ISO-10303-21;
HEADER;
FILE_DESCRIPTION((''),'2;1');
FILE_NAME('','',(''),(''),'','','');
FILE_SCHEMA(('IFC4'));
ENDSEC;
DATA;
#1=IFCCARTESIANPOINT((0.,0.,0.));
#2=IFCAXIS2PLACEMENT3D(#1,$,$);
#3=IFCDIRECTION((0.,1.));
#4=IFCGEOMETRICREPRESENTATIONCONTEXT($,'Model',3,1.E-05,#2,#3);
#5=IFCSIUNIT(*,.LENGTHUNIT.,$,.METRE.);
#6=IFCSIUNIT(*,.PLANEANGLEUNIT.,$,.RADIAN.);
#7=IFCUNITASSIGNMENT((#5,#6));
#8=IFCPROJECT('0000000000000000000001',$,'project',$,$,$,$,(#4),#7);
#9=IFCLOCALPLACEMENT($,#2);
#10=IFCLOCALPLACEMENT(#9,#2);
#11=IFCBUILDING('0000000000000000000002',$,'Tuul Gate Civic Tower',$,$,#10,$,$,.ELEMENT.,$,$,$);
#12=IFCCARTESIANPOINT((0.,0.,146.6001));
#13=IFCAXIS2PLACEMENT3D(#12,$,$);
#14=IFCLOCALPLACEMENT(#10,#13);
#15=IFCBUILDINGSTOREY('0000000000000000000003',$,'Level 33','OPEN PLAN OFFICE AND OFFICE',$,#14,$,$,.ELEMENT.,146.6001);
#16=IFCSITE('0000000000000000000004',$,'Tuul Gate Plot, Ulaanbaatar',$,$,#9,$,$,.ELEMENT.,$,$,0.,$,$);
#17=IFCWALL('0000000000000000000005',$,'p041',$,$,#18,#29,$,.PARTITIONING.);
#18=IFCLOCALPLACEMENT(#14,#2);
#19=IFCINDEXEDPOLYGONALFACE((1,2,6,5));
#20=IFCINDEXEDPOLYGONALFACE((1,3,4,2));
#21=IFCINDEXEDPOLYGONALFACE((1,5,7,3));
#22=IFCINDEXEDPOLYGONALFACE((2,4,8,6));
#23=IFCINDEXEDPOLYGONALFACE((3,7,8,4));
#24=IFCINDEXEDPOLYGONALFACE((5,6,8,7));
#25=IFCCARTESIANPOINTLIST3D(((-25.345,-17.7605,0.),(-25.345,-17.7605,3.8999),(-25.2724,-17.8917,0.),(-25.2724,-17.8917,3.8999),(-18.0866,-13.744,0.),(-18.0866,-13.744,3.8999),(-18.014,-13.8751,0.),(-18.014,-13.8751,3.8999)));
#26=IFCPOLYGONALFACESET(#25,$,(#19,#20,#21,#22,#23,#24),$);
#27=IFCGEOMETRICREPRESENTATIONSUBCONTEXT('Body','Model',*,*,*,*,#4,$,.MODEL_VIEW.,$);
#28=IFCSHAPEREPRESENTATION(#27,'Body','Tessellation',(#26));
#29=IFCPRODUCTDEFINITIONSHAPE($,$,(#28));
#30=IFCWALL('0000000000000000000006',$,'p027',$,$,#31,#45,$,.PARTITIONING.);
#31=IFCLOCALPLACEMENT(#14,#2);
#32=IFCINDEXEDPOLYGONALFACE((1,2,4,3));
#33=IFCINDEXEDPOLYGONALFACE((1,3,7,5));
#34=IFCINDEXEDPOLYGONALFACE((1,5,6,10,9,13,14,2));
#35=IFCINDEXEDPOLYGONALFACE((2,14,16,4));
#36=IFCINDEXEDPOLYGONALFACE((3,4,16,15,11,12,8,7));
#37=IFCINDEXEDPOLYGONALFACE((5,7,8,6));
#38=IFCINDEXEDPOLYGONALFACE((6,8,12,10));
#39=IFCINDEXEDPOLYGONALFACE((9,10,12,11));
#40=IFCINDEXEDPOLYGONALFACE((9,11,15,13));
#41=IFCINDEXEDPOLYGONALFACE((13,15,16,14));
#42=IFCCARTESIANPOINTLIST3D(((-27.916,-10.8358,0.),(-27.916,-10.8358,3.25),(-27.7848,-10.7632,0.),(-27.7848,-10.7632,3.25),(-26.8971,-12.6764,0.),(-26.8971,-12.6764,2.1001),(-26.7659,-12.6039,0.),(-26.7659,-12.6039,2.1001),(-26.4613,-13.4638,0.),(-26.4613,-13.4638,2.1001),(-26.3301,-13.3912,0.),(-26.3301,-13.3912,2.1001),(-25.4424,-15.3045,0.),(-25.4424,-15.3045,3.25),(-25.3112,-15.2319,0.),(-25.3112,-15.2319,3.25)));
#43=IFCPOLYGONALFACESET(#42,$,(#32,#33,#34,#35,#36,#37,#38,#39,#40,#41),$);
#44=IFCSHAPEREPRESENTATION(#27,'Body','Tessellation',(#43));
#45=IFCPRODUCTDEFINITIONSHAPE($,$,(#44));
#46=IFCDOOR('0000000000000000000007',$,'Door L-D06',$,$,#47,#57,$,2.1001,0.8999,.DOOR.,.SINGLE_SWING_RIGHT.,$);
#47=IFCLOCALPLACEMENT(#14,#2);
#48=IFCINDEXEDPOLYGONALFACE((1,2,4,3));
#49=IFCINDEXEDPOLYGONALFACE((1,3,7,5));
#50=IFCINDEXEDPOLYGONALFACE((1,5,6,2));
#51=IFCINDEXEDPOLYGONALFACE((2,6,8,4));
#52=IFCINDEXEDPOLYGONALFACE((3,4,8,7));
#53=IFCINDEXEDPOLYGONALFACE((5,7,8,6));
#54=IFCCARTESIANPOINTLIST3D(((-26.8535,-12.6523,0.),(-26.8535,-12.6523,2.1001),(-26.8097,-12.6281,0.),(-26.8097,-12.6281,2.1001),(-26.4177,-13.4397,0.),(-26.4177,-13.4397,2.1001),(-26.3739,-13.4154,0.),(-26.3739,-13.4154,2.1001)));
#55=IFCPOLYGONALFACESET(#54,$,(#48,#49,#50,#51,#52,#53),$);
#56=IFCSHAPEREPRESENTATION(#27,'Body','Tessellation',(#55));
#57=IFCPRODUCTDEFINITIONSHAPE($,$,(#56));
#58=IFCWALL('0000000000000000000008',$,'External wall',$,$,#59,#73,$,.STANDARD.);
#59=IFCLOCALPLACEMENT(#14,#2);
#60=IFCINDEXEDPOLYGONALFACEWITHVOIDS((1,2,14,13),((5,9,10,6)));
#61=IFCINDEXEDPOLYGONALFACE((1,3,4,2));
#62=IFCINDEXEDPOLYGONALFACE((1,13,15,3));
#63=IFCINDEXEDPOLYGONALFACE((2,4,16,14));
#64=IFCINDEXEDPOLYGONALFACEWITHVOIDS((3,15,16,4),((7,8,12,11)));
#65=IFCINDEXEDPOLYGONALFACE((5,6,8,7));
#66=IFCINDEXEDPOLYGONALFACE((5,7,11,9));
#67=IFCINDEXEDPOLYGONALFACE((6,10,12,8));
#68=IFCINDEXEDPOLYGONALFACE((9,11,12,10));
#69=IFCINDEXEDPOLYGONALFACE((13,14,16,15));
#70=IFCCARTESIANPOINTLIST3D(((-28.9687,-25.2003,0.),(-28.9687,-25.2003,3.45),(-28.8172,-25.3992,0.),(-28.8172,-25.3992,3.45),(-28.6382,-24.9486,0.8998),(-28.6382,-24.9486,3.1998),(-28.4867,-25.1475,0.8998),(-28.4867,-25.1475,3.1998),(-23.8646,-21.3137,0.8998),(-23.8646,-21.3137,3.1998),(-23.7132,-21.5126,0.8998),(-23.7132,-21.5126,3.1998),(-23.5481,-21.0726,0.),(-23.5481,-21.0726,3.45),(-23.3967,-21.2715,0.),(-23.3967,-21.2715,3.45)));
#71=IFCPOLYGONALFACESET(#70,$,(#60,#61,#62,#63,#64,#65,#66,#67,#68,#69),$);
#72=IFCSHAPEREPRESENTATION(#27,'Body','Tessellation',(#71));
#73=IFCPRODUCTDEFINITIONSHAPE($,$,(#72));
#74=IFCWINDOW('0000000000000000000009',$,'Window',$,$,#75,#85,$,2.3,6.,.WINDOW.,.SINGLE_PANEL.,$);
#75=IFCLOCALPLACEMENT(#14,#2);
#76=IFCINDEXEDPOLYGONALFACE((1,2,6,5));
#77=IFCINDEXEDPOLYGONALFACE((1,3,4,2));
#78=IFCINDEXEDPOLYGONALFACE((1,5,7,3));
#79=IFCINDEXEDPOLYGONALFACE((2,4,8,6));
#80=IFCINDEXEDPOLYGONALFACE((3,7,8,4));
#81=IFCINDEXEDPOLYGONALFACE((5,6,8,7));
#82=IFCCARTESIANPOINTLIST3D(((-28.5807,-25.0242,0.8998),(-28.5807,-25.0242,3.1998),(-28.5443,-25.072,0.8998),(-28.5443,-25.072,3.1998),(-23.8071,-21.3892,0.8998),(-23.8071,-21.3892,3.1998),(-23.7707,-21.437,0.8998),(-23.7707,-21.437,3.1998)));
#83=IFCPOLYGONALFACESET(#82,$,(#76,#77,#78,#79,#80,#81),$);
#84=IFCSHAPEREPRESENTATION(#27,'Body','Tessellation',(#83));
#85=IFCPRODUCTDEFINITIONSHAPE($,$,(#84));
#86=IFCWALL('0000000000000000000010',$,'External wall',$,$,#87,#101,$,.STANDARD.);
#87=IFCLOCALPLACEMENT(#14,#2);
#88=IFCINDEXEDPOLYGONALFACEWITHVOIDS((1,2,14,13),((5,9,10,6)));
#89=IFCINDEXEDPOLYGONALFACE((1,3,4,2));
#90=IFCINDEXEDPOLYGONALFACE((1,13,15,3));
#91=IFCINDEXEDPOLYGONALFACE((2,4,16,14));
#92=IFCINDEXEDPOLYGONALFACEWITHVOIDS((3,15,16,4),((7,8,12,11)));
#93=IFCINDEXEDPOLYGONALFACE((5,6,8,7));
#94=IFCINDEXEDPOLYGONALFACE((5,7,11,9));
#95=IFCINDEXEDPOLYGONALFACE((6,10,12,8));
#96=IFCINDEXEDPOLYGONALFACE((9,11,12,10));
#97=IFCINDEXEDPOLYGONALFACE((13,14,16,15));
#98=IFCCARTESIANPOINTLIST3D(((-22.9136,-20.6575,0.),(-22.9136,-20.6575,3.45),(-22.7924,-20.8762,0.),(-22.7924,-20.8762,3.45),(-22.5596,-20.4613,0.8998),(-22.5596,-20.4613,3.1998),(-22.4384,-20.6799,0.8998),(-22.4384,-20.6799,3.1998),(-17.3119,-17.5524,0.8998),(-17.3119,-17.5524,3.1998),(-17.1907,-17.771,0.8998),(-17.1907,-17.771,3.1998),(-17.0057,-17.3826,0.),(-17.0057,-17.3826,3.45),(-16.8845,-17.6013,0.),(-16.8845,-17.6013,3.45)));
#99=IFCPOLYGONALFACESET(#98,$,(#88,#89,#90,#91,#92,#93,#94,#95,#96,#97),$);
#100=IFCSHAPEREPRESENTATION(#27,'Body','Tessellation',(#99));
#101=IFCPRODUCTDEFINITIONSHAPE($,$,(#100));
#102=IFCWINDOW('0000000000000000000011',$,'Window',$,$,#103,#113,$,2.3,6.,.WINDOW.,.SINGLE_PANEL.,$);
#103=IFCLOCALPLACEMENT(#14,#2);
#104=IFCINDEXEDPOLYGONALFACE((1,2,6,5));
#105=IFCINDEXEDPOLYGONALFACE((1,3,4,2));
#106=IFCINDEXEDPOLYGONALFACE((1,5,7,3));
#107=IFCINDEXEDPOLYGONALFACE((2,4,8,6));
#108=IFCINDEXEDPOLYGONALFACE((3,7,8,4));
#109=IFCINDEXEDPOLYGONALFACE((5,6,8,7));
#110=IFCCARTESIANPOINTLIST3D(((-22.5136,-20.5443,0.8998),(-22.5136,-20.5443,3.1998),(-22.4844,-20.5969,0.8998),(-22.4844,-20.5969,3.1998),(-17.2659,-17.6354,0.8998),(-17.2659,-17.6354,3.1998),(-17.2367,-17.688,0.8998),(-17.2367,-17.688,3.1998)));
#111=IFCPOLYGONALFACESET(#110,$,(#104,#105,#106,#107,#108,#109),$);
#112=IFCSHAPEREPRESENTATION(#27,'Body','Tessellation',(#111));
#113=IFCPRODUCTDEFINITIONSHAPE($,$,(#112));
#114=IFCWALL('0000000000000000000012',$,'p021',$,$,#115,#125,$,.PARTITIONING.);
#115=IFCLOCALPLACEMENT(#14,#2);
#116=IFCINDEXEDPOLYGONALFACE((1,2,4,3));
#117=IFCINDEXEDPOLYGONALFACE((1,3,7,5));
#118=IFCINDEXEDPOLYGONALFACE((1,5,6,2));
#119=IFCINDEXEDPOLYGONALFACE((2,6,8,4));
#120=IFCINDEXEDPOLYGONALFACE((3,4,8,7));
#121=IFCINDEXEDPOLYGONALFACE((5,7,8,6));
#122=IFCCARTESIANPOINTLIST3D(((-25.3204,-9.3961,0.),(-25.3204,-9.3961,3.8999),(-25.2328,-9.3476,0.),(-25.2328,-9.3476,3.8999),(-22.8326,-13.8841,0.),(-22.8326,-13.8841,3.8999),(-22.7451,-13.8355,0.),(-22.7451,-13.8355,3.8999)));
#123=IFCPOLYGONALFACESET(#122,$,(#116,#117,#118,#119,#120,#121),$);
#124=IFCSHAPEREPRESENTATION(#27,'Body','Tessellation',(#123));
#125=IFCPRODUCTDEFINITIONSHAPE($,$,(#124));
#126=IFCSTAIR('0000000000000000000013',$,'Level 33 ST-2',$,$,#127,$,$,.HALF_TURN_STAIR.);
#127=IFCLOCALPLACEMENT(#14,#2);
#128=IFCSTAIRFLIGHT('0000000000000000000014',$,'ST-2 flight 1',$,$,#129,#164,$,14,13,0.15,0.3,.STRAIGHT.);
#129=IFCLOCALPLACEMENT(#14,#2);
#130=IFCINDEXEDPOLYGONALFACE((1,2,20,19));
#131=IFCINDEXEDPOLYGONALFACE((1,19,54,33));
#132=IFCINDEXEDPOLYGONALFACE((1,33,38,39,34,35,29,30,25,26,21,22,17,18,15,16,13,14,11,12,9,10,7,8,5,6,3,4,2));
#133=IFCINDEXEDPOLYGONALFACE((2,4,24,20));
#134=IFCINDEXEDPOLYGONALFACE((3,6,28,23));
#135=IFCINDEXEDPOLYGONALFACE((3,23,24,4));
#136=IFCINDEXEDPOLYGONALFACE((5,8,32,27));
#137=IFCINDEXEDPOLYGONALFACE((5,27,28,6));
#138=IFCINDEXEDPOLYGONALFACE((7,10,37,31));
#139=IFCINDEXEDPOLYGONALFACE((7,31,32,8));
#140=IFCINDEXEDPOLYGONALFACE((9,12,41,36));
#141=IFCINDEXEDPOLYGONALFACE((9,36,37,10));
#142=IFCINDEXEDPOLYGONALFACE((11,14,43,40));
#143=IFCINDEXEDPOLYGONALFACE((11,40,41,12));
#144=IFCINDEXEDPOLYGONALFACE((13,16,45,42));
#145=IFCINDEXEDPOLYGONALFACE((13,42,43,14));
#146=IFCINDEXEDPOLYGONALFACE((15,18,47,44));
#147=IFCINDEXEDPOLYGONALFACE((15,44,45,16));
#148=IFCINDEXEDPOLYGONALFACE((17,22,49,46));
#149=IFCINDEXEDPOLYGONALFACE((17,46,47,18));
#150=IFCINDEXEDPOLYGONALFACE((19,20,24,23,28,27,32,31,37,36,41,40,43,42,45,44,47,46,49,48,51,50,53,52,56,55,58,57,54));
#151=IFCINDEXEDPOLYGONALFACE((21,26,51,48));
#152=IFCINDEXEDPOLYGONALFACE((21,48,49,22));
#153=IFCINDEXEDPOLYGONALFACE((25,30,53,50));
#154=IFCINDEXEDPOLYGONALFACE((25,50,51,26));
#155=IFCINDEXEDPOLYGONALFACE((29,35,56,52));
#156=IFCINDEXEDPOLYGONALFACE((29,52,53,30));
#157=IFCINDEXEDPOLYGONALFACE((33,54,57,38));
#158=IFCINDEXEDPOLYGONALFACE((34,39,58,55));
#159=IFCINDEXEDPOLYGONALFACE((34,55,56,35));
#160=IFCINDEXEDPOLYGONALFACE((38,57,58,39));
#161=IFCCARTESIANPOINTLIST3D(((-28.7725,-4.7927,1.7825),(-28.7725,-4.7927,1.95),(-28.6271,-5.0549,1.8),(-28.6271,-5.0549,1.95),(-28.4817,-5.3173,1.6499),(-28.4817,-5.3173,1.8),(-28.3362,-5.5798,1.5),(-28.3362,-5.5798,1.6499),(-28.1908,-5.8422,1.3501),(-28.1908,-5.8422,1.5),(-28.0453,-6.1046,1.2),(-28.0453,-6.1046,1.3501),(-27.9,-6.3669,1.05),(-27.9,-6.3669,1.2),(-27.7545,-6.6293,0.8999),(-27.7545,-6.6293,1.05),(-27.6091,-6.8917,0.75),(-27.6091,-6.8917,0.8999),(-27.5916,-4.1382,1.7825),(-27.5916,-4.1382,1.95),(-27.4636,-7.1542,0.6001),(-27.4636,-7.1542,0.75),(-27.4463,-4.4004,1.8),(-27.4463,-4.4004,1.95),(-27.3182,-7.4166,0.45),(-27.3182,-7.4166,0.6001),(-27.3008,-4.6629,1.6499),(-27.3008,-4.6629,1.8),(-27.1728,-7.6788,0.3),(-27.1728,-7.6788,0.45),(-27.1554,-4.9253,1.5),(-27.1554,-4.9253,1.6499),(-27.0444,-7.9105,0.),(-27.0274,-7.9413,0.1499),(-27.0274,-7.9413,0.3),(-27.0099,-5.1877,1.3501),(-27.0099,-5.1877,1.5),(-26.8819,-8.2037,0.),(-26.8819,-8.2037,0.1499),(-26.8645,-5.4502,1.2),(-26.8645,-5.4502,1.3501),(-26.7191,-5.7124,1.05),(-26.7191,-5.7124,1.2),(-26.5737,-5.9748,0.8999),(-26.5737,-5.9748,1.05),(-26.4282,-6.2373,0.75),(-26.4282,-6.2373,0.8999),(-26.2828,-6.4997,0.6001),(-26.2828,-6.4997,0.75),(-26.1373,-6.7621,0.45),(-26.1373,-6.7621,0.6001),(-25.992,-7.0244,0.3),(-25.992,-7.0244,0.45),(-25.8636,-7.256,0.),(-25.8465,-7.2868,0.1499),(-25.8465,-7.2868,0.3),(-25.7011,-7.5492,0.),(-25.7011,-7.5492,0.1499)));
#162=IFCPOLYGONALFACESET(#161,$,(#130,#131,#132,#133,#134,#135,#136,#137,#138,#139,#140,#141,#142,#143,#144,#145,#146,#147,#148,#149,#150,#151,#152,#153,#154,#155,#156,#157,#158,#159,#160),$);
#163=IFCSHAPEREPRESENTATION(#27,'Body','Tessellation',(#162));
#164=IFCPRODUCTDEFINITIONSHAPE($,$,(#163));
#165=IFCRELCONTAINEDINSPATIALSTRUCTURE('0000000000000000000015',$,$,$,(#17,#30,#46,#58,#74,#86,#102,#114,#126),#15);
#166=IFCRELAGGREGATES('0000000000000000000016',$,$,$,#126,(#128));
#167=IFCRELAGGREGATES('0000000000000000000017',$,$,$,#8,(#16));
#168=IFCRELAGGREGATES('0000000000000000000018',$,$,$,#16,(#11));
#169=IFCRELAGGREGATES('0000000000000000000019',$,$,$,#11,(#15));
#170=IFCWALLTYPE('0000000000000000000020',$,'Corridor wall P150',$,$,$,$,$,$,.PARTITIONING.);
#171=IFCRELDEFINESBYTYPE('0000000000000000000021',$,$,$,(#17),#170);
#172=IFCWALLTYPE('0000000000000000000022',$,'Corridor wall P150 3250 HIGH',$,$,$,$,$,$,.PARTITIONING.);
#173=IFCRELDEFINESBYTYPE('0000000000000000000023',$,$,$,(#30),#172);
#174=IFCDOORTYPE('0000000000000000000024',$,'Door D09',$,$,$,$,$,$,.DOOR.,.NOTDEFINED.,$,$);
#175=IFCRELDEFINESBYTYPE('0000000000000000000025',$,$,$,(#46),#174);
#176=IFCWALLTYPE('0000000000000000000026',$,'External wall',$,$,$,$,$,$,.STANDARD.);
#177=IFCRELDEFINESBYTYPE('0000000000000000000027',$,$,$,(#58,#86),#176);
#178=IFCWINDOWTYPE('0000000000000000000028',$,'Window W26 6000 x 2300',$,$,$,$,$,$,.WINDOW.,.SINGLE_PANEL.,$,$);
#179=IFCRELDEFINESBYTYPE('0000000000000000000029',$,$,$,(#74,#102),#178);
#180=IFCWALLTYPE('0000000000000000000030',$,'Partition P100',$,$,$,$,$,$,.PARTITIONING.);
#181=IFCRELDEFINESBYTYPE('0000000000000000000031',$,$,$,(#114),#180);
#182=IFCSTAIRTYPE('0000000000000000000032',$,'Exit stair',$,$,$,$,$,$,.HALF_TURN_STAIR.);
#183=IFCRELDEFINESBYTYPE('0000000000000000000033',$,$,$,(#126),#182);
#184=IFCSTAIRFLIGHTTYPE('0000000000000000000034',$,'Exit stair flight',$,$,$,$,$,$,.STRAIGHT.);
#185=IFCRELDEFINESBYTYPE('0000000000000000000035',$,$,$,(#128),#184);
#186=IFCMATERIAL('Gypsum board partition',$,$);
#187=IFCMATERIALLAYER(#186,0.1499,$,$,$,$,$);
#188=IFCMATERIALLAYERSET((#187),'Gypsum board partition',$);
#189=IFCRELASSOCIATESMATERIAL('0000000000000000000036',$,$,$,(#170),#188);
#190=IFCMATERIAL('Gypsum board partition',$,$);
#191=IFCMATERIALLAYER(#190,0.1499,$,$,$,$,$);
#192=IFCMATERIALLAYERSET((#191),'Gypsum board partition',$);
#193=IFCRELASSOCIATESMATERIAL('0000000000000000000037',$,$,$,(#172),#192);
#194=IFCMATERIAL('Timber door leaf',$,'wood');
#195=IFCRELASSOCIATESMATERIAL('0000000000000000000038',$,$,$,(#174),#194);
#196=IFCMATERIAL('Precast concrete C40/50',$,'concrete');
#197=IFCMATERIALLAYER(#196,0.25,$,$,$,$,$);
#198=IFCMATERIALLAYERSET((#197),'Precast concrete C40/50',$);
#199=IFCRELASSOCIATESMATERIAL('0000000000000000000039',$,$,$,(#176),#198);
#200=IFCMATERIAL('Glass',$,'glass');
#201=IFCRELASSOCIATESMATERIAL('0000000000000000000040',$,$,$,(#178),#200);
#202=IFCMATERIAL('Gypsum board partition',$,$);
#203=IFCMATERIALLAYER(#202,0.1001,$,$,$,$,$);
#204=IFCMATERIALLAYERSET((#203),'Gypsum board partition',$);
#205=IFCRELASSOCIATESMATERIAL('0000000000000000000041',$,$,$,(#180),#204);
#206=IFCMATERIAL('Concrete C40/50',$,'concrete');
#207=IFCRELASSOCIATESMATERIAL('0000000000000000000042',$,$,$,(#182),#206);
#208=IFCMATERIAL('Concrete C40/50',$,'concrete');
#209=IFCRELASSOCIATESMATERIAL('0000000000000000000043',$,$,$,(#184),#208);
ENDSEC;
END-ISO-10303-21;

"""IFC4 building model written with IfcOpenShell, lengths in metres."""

from ifc_helpers import new_model, si_unit, direction, frame, frame_2d, origin, place, context, subcontext, project, spatial, polyline, rectangle, outline, extrude, material, layer, layer_set, type_object, element, fill, aggregate, save


model = new_model("IFC4")

# Units and contexts
model_context = context("Model", 3, precision=1e-05, world=origin(), true_north=direction((0.0, 1.0)))
body_context = subcontext(model_context, "Body", "Model", "MODEL_VIEW")
ifc_project = project(units=[si_unit("LENGTHUNIT", "METRE"), si_unit("PLANEANGLEUNIT", "RADIAN")], contexts=[model_context])

# Site, building, storey
site_placement = place(None, origin())
site = spatial("IfcSite", under=ifc_project, at=site_placement, Name="Tuul Gate Plot, Ulaanbaatar", CompositionType="ELEMENT", RefElevation=0.0)
building_placement = place(site_placement, origin())
building = spatial("IfcBuilding", under=site, at=building_placement, Name="Tuul Gate Civic Tower", CompositionType="ELEMENT")
storey_placement = place(building_placement, frame((0.0, 0.0, 146.6001)))
storey = spatial("IfcBuildingStorey", under=building, at=storey_placement, Name="Level 33", Description="OPEN PLAN OFFICE AND OFFICE", CompositionType="ELEMENT", Elevation=146.6001)

# Wall
ifc_material_1 = material(Name="Gypsum board partition")
ifc_layer_1 = layer(ifc_material_1, 0.1499)
ifc_layer_set_1 = layer_set([ifc_layer_1], Name="Gypsum board partition")
wall_type_1 = type_object("IfcWallType", Name="Corridor wall P150", PredefinedType="PARTITIONING", material=ifc_layer_set_1)
wall_1_placement = place(storey_placement, frame((-25.3088, -17.8262, 0.0), z_axis=(0.0, 0.0, 1.0), x_axis=(0.874971, 0.484175, 0.0)))
element("IfcWall", 1, at=wall_1_placement, inside=storey, type_object=wall_type_1, Name="p041", PredefinedType="PARTITIONING", context=body_context, shape_type="SweptSolid", body=[
    extrude(rectangle(XDim=8.2957, YDim=0.1499, at=frame_2d((4.1479, 0.0))), origin(), (0.0, 0.0, 1.0), 3.8999),
])

# Wall, opening, door
ifc_material_2 = material(Name="Gypsum board partition")
ifc_layer_2 = layer(ifc_material_2, 0.1499)
ifc_layer_set_2 = layer_set([ifc_layer_2], Name="Gypsum board partition")
wall_type_2 = type_object("IfcWallType", Name="Corridor wall P150 3250 HIGH", PredefinedType="PARTITIONING", material=ifc_layer_set_2)
wall_2_placement = place(storey_placement, frame((-27.8503, -10.7996, 0.0), z_axis=(0.0, 0.0, 1.0), x_axis=(0.484295, -0.874905, 0.0)))
wall_2 = element("IfcWall", 2, at=wall_2_placement, inside=storey, type_object=wall_type_2, Name="p027", PredefinedType="PARTITIONING", context=body_context, shape_type="SweptSolid", body=[
    extrude(rectangle(XDim=5.1077, YDim=0.1499, at=frame_2d((2.5537, 0.0))), origin(), (0.0, 0.0, 1.0), 3.25),
])
opening_1_placement = place(wall_2_placement, frame((2.1038, 0.0, 0.0)))
opening_1 = element("IfcOpeningElement", 3, at=opening_1_placement, cuts=wall_2, PredefinedType="OPENING", context=body_context, shape_type="SweptSolid", body=[
    extrude(rectangle(XDim=0.8999, YDim=2.1001, at=frame_2d((0.45, 1.05))), frame((0.0, 0.085, 0.0), z_axis=(0.0, -1.0, 0.0), x_axis=(1.0, 0.0, 0.0)), (0.0, 0.0, 1.0), 0.1699),
])
ifc_material_3 = material(Name="Timber door leaf", Category="wood")
door_type_1 = type_object("IfcDoorType", Name="Door D09", OperationType="NOTDEFINED", PredefinedType="DOOR", material=ifc_material_3)
door_1_placement = place(opening_1_placement, origin())
door_1 = element("IfcDoor", 4, at=door_1_placement, inside=storey, type_object=door_type_1, Name="Door L-D06", OperationType="SINGLE_SWING_RIGHT", OverallHeight=2.1001, OverallWidth=0.8999, PredefinedType="DOOR", context=body_context, shape_type="SweptSolid", body=[
    extrude(rectangle(XDim=0.8999, YDim=2.1001, at=frame_2d((0.45, 1.05))), frame((0.0, 0.0249, 0.0), z_axis=(0.0, -1.0, 0.0), x_axis=(1.0, 0.0, 0.0)), (0.0, 0.0, 1.0), 0.05),
])
fill(opening_1, door_1)

# Walls, openings, windows
ifc_material_4 = material(Name="Precast concrete C40/50", Category="concrete")
ifc_layer_3 = layer(ifc_material_4, 0.25)
ifc_layer_set_3 = layer_set([ifc_layer_3], Name="Precast concrete C40/50")
wall_type_3 = type_object("IfcWallType", Name="External wall", PredefinedType="STANDARD", material=ifc_layer_set_3)
wall_3_placement = place(storey_placement, frame((-28.8931, -25.2998, 0.0), z_axis=(0.0, 0.0, 1.0), x_axis=(0.795597, 0.605826, 0.0)))
wall_3 = element("IfcWall", 5, at=wall_3_placement, inside=storey, type_object=wall_type_3, Name="External wall", PredefinedType="STANDARD", context=body_context, shape_type="SweptSolid", body=[
    extrude(rectangle(XDim=6.8132, YDim=0.25, at=frame_2d((3.4067, 0.0))), origin(), (0.0, 0.0, 1.0), 3.45),
])
opening_2_placement = place(wall_3_placement, frame((0.4155, 0.0, 0.8999)))
opening_2 = element("IfcOpeningElement", 6, at=opening_2_placement, cuts=wall_3, PredefinedType="OPENING", context=body_context, shape_type="SweptSolid", body=[
    extrude(rectangle(XDim=6.0, YDim=2.3, at=frame_2d((3.0, 1.1499))), frame((0.0, 0.135, 0.0), z_axis=(0.0, -1.0, 0.0), x_axis=(1.0, 0.0, 0.0)), (0.0, 0.0, 1.0), 0.27),
])
ifc_material_5 = material(Name="Glass", Category="glass")
window_type = type_object("IfcWindowType", Name="Window W26 6000 x 2300", PartitioningType="SINGLE_PANEL", PredefinedType="WINDOW", material=ifc_material_5)
window_1_placement = place(opening_2_placement, origin())
window_1 = element("IfcWindow", 7, at=window_1_placement, inside=storey, type_object=window_type, Name="Window", OverallHeight=2.3, OverallWidth=6.0, PartitioningType="SINGLE_PANEL", PredefinedType="WINDOW", context=body_context, shape_type="SweptSolid", body=[
    extrude(rectangle(XDim=6.0, YDim=2.3, at=frame_2d((3.0, 1.1499))), frame((0.0, 0.03, 0.0), z_axis=(0.0, -1.0, 0.0), x_axis=(1.0, 0.0, 0.0)), (0.0, 0.0, 1.0), 0.0601),
])
fill(opening_2, window_1)
wall_4_placement = place(storey_placement, frame((-22.853, -20.7668, 0.0), z_axis=(0.0, 0.0, 1.0), x_axis=(0.874615, 0.484817, 0.0)))
wall_4 = element("IfcWall", 8, at=wall_4_placement, inside=storey, type_object=wall_type_3, Name="External wall", PredefinedType="STANDARD", context=body_context, shape_type="SweptSolid", body=[
    extrude(rectangle(XDim=6.7549, YDim=0.25, at=frame_2d((3.3774, 0.0))), origin(), (0.0, 0.0, 1.0), 3.45),
])
opening_3_placement = place(wall_4_placement, frame((0.4048, 0.0, 0.8999)))
opening_3 = element("IfcOpeningElement", 9, at=opening_3_placement, cuts=wall_4, PredefinedType="OPENING", context=body_context, shape_type="SweptSolid", body=[
    extrude(rectangle(XDim=6.0, YDim=2.3, at=frame_2d((3.0, 1.1499))), frame((0.0, 0.135, 0.0), z_axis=(0.0, -1.0, 0.0), x_axis=(1.0, 0.0, 0.0)), (0.0, 0.0, 1.0), 0.27),
])
window_2_placement = place(opening_3_placement, origin())
window_2 = element("IfcWindow", 10, at=window_2_placement, inside=storey, type_object=window_type, Name="Window", OverallHeight=2.3, OverallWidth=6.0, PartitioningType="SINGLE_PANEL", PredefinedType="WINDOW", context=body_context, shape_type="SweptSolid", body=[
    extrude(rectangle(XDim=6.0, YDim=2.3, at=frame_2d((3.0, 1.1499))), frame((0.0, 0.03, 0.0), z_axis=(0.0, -1.0, 0.0), x_axis=(1.0, 0.0, 0.0)), (0.0, 0.0, 1.0), 0.0601),
])
fill(opening_3, window_2)

# Wall
ifc_material_6 = material(Name="Gypsum board partition")
ifc_layer_4 = layer(ifc_material_6, 0.1001)
ifc_layer_set_4 = layer_set([ifc_layer_4], Name="Gypsum board partition")
wall_type_4 = type_object("IfcWallType", Name="Partition P100", PredefinedType="PARTITIONING", material=ifc_layer_set_4)
wall_5_placement = place(storey_placement, frame((-25.2766, -9.3718, 0.0), z_axis=(0.0, 0.0, 1.0), x_axis=(0.484815, -0.874617, 0.0)))
element("IfcWall", 11, at=wall_5_placement, inside=storey, type_object=wall_type_4, Name="p021", PredefinedType="PARTITIONING", context=body_context, shape_type="SweptSolid", body=[
    extrude(rectangle(XDim=5.1313, YDim=0.1001, at=frame_2d((2.5657, 0.0))), origin(), (0.0, 0.0, 1.0), 3.8999),
])

# Stair, stair flight
ifc_material_7 = material(Name="Concrete C40/50", Category="concrete")
stair_type = type_object("IfcStairType", Name="Exit stair", PredefinedType="HALF_TURN_STAIR", material=ifc_material_7)
stair_placement = place(storey_placement, origin())
stair = element("IfcStair", 12, at=stair_placement, inside=storey, type_object=stair_type, Name="Level 33 ST-2", PredefinedType="HALF_TURN_STAIR")
ifc_material_8 = material(Name="Concrete C40/50", Category="concrete")
stair_flight_type = type_object("IfcStairFlightType", Name="Exit stair flight", PredefinedType="STRAIGHT", material=ifc_material_8)
stair_flight_placement = place(storey_placement, frame((-26.2915, -7.8765, 0.0), z_axis=(0.0, 0.0, 1.0), x_axis=(-0.484762, 0.874646, 0.0)))
stair_flight = element("IfcStairFlight", 13, at=stair_flight_placement, type_object=stair_flight_type, Name="ST-2 flight 1", NumberOfRisers=14, NumberOfTreads=13, PredefinedType="STRAIGHT", RiserHeight=0.15, TreadLength=0.3, context=body_context, shape_type="SweptSolid", body=[
    extrude(outline(polyline([(0.0, 0.0), (0.0, 0.1499), (0.3, 0.1499), (0.3, 0.3), (0.6001, 0.3), (0.6001, 0.45), (0.8999, 0.45), (0.8999, 0.6001), (1.2, 0.6001), (1.2, 0.75), (1.5, 0.75), (1.5, 0.8999), (1.8, 0.8999), (1.8, 1.05), (2.1001, 1.05), (2.1001, 1.2), (2.3999, 1.2), (2.3999, 1.3501), (2.7, 1.3501), (2.7, 1.5), (3.0, 1.5), (3.0, 1.6499), (3.3, 1.6499), (3.3, 1.8), (3.6001, 1.8), (3.6001, 1.95), (3.8999, 1.95), (3.8999, 2.1001), (3.8999, 1.7825), (0.3352, 0.0), (0.0, 0.0)])), frame((0.0, 0.675, 0.0), z_axis=(0.0, -1.0, 0.0), x_axis=(1.0, 0.0, 0.0)), (0.0, 0.0, 1.0), 1.3501),
])
aggregate(stair, [stair_flight])

save(model, "model.ifc")
